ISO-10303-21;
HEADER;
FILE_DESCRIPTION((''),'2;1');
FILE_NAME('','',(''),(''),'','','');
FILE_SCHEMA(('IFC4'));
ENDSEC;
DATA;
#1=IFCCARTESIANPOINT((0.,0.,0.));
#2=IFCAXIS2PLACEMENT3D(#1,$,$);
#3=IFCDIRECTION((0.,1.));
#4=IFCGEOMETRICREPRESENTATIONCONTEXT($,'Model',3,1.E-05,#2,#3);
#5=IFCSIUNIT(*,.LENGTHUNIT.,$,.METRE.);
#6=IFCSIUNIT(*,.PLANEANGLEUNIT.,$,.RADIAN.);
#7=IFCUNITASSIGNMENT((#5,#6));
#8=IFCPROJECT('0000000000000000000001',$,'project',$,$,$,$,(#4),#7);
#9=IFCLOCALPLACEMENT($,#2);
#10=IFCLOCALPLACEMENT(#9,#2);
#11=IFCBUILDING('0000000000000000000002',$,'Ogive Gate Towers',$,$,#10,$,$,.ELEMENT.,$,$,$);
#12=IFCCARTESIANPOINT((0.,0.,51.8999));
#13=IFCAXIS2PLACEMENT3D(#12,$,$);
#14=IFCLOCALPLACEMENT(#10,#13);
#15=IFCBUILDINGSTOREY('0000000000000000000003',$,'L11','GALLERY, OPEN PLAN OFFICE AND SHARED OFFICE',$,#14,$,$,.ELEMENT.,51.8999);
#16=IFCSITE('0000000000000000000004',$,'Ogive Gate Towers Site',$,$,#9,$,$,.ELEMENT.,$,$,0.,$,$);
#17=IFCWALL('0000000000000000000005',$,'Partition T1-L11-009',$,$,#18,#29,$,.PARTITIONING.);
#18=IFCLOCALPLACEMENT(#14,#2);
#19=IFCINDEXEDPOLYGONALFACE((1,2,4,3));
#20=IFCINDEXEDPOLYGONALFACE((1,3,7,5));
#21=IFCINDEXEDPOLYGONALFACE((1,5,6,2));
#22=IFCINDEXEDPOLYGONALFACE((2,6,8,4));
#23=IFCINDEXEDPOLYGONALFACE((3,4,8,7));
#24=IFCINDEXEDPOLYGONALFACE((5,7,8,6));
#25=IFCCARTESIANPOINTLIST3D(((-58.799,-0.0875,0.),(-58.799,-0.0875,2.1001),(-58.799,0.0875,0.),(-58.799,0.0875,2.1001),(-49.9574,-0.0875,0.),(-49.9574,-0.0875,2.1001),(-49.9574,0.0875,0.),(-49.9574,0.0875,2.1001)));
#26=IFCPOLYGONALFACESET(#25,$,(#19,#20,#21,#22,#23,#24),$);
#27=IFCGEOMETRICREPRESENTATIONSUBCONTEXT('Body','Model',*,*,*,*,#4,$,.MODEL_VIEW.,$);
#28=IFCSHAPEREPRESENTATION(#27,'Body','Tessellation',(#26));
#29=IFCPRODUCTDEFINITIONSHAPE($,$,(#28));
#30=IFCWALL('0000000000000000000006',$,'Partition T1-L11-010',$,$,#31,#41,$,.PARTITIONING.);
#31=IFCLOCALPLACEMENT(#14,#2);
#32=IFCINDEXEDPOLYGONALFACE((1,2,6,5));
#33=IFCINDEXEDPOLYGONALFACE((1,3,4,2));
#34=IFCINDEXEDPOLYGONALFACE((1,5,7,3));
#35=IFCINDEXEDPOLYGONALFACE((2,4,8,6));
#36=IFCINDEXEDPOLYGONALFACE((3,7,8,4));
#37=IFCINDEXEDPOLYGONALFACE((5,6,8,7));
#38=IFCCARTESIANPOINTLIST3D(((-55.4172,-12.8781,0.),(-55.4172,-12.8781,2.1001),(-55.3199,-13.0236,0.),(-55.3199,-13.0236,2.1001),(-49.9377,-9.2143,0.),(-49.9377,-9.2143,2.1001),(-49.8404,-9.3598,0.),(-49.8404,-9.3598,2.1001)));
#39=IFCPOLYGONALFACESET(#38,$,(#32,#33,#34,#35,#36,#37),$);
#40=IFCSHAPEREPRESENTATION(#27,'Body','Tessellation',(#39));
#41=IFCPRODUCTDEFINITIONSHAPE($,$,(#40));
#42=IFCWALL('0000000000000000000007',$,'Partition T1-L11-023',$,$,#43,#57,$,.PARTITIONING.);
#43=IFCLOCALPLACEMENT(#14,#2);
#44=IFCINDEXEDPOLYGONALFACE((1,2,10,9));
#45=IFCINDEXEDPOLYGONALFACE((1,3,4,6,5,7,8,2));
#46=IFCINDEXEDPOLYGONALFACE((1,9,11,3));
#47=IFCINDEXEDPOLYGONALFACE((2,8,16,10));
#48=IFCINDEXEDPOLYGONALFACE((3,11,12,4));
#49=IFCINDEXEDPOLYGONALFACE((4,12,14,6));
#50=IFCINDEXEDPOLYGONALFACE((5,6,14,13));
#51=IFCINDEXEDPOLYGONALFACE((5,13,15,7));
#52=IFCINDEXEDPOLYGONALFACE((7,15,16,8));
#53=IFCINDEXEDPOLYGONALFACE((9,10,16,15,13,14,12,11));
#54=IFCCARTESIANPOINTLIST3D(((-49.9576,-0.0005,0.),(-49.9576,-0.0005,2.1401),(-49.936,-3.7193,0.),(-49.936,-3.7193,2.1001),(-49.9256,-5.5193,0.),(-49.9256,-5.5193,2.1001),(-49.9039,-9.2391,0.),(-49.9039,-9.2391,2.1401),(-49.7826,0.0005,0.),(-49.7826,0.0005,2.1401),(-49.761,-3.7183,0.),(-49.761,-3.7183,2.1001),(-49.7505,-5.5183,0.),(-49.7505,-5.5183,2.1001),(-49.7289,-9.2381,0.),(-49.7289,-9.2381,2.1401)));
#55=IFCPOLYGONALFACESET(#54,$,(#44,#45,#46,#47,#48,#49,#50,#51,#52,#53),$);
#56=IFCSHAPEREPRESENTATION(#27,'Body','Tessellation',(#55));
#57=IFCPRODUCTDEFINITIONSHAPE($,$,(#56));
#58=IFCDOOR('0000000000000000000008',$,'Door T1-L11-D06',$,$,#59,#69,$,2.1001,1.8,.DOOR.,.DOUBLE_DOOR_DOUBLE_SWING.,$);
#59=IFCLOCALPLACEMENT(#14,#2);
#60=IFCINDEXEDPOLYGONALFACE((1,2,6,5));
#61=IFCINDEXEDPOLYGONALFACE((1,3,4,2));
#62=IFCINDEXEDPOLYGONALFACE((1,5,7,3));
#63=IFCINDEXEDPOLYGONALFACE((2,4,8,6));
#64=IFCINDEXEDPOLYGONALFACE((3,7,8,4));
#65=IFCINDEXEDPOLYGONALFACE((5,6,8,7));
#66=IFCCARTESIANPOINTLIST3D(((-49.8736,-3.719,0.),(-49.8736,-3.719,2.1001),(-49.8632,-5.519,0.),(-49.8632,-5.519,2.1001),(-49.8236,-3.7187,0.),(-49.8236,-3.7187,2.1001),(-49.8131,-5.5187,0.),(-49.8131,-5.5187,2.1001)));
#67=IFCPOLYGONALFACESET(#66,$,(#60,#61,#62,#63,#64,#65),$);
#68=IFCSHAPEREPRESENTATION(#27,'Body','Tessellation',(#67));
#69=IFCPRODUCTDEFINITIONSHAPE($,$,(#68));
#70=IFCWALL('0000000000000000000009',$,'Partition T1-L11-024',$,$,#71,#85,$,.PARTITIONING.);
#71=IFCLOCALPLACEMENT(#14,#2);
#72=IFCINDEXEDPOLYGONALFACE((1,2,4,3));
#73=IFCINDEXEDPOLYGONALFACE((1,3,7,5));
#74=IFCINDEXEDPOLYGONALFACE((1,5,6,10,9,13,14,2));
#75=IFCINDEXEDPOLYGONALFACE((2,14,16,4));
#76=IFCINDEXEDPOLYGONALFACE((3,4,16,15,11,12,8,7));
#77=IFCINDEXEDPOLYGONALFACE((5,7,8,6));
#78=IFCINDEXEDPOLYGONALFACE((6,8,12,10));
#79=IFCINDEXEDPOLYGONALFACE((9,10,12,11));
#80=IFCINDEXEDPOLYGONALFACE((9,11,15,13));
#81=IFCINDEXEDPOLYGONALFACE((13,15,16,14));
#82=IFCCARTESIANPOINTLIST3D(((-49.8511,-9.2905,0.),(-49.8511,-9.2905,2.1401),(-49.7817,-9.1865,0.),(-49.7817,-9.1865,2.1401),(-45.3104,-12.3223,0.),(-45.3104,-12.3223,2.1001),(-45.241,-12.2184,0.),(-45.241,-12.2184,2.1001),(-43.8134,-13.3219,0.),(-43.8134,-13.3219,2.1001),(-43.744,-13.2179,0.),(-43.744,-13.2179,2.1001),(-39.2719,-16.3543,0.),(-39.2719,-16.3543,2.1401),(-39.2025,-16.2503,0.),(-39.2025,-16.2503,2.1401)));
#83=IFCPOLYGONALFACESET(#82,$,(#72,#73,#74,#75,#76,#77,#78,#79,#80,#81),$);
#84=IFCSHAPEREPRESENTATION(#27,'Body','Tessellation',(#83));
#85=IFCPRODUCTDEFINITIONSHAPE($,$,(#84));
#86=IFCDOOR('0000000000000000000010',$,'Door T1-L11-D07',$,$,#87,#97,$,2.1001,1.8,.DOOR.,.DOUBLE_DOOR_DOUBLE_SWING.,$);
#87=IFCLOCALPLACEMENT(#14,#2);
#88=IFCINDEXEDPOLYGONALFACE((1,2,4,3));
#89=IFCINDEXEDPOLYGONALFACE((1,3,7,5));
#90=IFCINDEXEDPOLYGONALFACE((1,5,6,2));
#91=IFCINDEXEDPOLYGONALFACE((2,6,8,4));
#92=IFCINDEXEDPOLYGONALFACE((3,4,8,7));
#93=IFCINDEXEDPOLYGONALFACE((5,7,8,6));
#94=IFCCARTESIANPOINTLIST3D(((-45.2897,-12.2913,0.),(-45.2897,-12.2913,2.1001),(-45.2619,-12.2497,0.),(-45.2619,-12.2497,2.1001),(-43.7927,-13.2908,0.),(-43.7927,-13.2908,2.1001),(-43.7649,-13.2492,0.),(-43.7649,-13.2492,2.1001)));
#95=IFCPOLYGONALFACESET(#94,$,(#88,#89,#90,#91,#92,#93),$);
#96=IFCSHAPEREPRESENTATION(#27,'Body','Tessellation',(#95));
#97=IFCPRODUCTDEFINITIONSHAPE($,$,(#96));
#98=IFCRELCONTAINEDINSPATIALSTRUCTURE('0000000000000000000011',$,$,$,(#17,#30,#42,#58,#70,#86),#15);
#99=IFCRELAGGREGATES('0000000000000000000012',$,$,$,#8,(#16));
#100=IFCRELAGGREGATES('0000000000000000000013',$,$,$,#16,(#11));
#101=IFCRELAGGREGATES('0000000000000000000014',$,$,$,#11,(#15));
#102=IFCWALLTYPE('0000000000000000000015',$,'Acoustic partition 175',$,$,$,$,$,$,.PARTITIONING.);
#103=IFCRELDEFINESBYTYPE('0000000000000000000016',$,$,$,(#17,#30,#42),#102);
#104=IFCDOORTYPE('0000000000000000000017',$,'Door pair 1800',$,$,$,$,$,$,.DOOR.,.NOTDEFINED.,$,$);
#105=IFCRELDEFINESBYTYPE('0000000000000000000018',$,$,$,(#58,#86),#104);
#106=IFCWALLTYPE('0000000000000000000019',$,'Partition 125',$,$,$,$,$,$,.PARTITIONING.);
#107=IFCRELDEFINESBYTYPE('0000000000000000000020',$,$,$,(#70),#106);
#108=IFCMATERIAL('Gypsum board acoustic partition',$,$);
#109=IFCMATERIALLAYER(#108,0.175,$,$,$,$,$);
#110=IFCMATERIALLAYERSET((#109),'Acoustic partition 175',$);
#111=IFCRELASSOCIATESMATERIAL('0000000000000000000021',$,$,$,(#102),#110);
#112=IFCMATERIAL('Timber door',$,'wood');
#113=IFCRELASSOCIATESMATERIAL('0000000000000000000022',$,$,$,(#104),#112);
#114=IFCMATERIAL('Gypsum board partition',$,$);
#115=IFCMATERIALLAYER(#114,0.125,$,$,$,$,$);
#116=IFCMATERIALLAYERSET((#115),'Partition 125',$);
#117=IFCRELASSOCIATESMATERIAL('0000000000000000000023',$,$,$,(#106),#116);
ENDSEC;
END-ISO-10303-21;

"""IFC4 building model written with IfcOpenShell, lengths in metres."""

from ifc_helpers import new_model, si_unit, direction, frame, frame_2d, origin, place, context, subcontext, project, spatial, rectangle, extrude, material, layer, layer_set, type_object, element, fill, save


model = new_model("IFC4")

# Units and contexts
model_context = context("Model", 3, precision=1e-05, world=origin(), true_north=direction((0.0, 1.0)))
body_context = subcontext(model_context, "Body", "Model", "MODEL_VIEW")
ifc_project = project(units=[si_unit("LENGTHUNIT", "METRE"), si_unit("PLANEANGLEUNIT", "RADIAN")], contexts=[model_context])

# Site, building, storey
site_placement = place(None, origin())
site = spatial("IfcSite", under=ifc_project, at=site_placement, Name="Ogive Gate Towers Site", CompositionType="ELEMENT", RefElevation=0.0)
building_placement = place(site_placement, origin())
building = spatial("IfcBuilding", under=site, at=building_placement, Name="Ogive Gate Towers", CompositionType="ELEMENT")
storey_placement = place(building_placement, frame((0.0, 0.0, 51.8999)))
storey = spatial("IfcBuildingStorey", under=building, at=storey_placement, Name="L11", Description="GALLERY, OPEN PLAN OFFICE AND SHARED OFFICE", CompositionType="ELEMENT", Elevation=51.8999)

# Walls
ifc_material_1 = material(Name="Gypsum board acoustic partition")
ifc_layer_1 = layer(ifc_material_1, 0.175)
ifc_layer_set_1 = layer_set([ifc_layer_1], Name="Acoustic partition 175")
wall_type_1 = type_object("IfcWallType", Name="Acoustic partition 175", PredefinedType="PARTITIONING", material=ifc_layer_set_1)
wall_1_placement = place(storey_placement, frame((-58.7991, 0.0, 0.0), z_axis=(0.0, 0.0, 1.0), x_axis=(1.0, 0.0, 0.0)))
element("IfcWall", 1, at=wall_1_placement, inside=storey, type_object=wall_type_1, Name="Partition T1-L11-009", PredefinedType="PARTITIONING", context=body_context, shape_type="SweptSolid", body=[
    extrude(rectangle(XDim=8.8416, YDim=0.175, at=frame_2d((4.4209, 0.0))), origin(), (0.0, 0.0, 1.0), 2.1001),
])
wall_2_placement = place(storey_placement, frame((-55.3687, -12.9509, 0.0), z_axis=(0.0, 0.0, 1.0), x_axis=(0.831292, 0.555836, 0.0)))
element("IfcWall", 2, at=wall_2_placement, inside=storey, type_object=wall_type_1, Name="Partition T1-L11-010", PredefinedType="PARTITIONING", context=body_context, shape_type="SweptSolid", body=[
    extrude(rectangle(XDim=6.5916, YDim=0.175, at=frame_2d((3.2959, 0.0))), origin(), (0.0, 0.0, 1.0), 2.1001),
])

# Walls, openings, doors
wall_3_placement = place(storey_placement, frame((-49.8701, 0.0, 0.0), z_axis=(0.0, 0.0, 1.0), x_axis=(0.005814, -0.999983, 0.0)))
wall_3 = element("IfcWall", 3, at=wall_3_placement, inside=storey, type_object=wall_type_1, Name="Partition T1-L11-023", PredefinedType="PARTITIONING", context=body_context, shape_type="SweptSolid", body=[
    extrude(rectangle(XDim=9.2388, YDim=0.175, at=frame_2d((4.6194, 0.0))), origin(), (0.0, 0.0, 1.0), 2.1401),
])
opening_1_placement = place(wall_3_placement, frame((3.719, 0.0, 0.0)))
opening_1 = element("IfcOpeningElement", 4, at=opening_1_placement, cuts=wall_3, PredefinedType="OPENING", context=body_context, shape_type="SweptSolid", body=[
    extrude(rectangle(XDim=1.8, YDim=2.1001, at=frame_2d((0.8999, 1.05))), frame((0.0, 0.0977, 0.0), z_axis=(0.0, -1.0, 0.0), x_axis=(1.0, 0.0, 0.0)), (0.0, 0.0, 1.0), 0.1951),
])
ifc_material_2 = material(Name="Timber door", Category="wood")
door_type = type_object("IfcDoorType", Name="Door pair 1800", OperationType="NOTDEFINED", PredefinedType="DOOR", material=ifc_material_2)
door_1_placement = place(opening_1_placement, origin())
door_1 = element("IfcDoor", 5, at=door_1_placement, inside=storey, type_object=door_type, Name="Door T1-L11-D06", OperationType="DOUBLE_DOOR_DOUBLE_SWING", OverallHeight=2.1001, OverallWidth=1.8, PredefinedType="DOOR", context=body_context, shape_type="SweptSolid", body=[
    extrude(rectangle(XDim=1.8, YDim=2.1001, at=frame_2d((0.8999, 1.05))), frame((0.0, 0.0249, 0.0), z_axis=(0.0, -1.0, 0.0), x_axis=(1.0, 0.0, 0.0)), (0.0, 0.0, 1.0), 0.05),
])
fill(opening_1, door_1)
ifc_material_3 = material(Name="Gypsum board partition")
ifc_layer_2 = layer(ifc_material_3, 0.125)
ifc_layer_set_2 = layer_set([ifc_layer_2], Name="Partition 125")
wall_type_2 = type_object("IfcWallType", Name="Partition 125", PredefinedType="PARTITIONING", material=ifc_layer_set_2)
wall_4_placement = place(storey_placement, frame((-49.8164, -9.2385, 0.0), z_axis=(0.0, 0.0, 1.0), x_axis=(0.831651, -0.555298, 0.0)))
wall_4 = element("IfcWall", 6, at=wall_4_placement, inside=storey, type_object=wall_type_2, Name="Partition T1-L11-024", PredefinedType="PARTITIONING", context=body_context, shape_type="SweptSolid", body=[
    extrude(rectangle(XDim=12.7207, YDim=0.125, at=frame_2d((6.3604, 0.0))), origin(), (0.0, 0.0, 1.0), 2.1401),
])
opening_2_placement = place(wall_4_placement, frame((5.46, 0.0, 0.0)))
opening_2 = element("IfcOpeningElement", 7, at=opening_2_placement, cuts=wall_4, PredefinedType="OPENING", context=body_context, shape_type="SweptSolid", body=[
    extrude(rectangle(XDim=1.8, YDim=2.1001, at=frame_2d((0.8999, 1.05))), frame((0.0, 0.0725, 0.0), z_axis=(0.0, -1.0, 0.0), x_axis=(1.0, 0.0, 0.0)), (0.0, 0.0, 1.0), 0.145),
])
door_2_placement = place(opening_2_placement, origin())
door_2 = element("IfcDoor", 8, at=door_2_placement, inside=storey, type_object=door_type, Name="Door T1-L11-D07", OperationType="DOUBLE_DOOR_DOUBLE_SWING", OverallHeight=2.1001, OverallWidth=1.8, PredefinedType="DOOR", context=body_context, shape_type="SweptSolid", body=[
    extrude(rectangle(XDim=1.8, YDim=2.1001, at=frame_2d((0.8999, 1.05))), frame((0.0, 0.0249, 0.0), z_axis=(0.0, -1.0, 0.0), x_axis=(1.0, 0.0, 0.0)), (0.0, 0.0, 1.0), 0.05),
])
fill(opening_2, door_2)

save(model, "model.ifc")
